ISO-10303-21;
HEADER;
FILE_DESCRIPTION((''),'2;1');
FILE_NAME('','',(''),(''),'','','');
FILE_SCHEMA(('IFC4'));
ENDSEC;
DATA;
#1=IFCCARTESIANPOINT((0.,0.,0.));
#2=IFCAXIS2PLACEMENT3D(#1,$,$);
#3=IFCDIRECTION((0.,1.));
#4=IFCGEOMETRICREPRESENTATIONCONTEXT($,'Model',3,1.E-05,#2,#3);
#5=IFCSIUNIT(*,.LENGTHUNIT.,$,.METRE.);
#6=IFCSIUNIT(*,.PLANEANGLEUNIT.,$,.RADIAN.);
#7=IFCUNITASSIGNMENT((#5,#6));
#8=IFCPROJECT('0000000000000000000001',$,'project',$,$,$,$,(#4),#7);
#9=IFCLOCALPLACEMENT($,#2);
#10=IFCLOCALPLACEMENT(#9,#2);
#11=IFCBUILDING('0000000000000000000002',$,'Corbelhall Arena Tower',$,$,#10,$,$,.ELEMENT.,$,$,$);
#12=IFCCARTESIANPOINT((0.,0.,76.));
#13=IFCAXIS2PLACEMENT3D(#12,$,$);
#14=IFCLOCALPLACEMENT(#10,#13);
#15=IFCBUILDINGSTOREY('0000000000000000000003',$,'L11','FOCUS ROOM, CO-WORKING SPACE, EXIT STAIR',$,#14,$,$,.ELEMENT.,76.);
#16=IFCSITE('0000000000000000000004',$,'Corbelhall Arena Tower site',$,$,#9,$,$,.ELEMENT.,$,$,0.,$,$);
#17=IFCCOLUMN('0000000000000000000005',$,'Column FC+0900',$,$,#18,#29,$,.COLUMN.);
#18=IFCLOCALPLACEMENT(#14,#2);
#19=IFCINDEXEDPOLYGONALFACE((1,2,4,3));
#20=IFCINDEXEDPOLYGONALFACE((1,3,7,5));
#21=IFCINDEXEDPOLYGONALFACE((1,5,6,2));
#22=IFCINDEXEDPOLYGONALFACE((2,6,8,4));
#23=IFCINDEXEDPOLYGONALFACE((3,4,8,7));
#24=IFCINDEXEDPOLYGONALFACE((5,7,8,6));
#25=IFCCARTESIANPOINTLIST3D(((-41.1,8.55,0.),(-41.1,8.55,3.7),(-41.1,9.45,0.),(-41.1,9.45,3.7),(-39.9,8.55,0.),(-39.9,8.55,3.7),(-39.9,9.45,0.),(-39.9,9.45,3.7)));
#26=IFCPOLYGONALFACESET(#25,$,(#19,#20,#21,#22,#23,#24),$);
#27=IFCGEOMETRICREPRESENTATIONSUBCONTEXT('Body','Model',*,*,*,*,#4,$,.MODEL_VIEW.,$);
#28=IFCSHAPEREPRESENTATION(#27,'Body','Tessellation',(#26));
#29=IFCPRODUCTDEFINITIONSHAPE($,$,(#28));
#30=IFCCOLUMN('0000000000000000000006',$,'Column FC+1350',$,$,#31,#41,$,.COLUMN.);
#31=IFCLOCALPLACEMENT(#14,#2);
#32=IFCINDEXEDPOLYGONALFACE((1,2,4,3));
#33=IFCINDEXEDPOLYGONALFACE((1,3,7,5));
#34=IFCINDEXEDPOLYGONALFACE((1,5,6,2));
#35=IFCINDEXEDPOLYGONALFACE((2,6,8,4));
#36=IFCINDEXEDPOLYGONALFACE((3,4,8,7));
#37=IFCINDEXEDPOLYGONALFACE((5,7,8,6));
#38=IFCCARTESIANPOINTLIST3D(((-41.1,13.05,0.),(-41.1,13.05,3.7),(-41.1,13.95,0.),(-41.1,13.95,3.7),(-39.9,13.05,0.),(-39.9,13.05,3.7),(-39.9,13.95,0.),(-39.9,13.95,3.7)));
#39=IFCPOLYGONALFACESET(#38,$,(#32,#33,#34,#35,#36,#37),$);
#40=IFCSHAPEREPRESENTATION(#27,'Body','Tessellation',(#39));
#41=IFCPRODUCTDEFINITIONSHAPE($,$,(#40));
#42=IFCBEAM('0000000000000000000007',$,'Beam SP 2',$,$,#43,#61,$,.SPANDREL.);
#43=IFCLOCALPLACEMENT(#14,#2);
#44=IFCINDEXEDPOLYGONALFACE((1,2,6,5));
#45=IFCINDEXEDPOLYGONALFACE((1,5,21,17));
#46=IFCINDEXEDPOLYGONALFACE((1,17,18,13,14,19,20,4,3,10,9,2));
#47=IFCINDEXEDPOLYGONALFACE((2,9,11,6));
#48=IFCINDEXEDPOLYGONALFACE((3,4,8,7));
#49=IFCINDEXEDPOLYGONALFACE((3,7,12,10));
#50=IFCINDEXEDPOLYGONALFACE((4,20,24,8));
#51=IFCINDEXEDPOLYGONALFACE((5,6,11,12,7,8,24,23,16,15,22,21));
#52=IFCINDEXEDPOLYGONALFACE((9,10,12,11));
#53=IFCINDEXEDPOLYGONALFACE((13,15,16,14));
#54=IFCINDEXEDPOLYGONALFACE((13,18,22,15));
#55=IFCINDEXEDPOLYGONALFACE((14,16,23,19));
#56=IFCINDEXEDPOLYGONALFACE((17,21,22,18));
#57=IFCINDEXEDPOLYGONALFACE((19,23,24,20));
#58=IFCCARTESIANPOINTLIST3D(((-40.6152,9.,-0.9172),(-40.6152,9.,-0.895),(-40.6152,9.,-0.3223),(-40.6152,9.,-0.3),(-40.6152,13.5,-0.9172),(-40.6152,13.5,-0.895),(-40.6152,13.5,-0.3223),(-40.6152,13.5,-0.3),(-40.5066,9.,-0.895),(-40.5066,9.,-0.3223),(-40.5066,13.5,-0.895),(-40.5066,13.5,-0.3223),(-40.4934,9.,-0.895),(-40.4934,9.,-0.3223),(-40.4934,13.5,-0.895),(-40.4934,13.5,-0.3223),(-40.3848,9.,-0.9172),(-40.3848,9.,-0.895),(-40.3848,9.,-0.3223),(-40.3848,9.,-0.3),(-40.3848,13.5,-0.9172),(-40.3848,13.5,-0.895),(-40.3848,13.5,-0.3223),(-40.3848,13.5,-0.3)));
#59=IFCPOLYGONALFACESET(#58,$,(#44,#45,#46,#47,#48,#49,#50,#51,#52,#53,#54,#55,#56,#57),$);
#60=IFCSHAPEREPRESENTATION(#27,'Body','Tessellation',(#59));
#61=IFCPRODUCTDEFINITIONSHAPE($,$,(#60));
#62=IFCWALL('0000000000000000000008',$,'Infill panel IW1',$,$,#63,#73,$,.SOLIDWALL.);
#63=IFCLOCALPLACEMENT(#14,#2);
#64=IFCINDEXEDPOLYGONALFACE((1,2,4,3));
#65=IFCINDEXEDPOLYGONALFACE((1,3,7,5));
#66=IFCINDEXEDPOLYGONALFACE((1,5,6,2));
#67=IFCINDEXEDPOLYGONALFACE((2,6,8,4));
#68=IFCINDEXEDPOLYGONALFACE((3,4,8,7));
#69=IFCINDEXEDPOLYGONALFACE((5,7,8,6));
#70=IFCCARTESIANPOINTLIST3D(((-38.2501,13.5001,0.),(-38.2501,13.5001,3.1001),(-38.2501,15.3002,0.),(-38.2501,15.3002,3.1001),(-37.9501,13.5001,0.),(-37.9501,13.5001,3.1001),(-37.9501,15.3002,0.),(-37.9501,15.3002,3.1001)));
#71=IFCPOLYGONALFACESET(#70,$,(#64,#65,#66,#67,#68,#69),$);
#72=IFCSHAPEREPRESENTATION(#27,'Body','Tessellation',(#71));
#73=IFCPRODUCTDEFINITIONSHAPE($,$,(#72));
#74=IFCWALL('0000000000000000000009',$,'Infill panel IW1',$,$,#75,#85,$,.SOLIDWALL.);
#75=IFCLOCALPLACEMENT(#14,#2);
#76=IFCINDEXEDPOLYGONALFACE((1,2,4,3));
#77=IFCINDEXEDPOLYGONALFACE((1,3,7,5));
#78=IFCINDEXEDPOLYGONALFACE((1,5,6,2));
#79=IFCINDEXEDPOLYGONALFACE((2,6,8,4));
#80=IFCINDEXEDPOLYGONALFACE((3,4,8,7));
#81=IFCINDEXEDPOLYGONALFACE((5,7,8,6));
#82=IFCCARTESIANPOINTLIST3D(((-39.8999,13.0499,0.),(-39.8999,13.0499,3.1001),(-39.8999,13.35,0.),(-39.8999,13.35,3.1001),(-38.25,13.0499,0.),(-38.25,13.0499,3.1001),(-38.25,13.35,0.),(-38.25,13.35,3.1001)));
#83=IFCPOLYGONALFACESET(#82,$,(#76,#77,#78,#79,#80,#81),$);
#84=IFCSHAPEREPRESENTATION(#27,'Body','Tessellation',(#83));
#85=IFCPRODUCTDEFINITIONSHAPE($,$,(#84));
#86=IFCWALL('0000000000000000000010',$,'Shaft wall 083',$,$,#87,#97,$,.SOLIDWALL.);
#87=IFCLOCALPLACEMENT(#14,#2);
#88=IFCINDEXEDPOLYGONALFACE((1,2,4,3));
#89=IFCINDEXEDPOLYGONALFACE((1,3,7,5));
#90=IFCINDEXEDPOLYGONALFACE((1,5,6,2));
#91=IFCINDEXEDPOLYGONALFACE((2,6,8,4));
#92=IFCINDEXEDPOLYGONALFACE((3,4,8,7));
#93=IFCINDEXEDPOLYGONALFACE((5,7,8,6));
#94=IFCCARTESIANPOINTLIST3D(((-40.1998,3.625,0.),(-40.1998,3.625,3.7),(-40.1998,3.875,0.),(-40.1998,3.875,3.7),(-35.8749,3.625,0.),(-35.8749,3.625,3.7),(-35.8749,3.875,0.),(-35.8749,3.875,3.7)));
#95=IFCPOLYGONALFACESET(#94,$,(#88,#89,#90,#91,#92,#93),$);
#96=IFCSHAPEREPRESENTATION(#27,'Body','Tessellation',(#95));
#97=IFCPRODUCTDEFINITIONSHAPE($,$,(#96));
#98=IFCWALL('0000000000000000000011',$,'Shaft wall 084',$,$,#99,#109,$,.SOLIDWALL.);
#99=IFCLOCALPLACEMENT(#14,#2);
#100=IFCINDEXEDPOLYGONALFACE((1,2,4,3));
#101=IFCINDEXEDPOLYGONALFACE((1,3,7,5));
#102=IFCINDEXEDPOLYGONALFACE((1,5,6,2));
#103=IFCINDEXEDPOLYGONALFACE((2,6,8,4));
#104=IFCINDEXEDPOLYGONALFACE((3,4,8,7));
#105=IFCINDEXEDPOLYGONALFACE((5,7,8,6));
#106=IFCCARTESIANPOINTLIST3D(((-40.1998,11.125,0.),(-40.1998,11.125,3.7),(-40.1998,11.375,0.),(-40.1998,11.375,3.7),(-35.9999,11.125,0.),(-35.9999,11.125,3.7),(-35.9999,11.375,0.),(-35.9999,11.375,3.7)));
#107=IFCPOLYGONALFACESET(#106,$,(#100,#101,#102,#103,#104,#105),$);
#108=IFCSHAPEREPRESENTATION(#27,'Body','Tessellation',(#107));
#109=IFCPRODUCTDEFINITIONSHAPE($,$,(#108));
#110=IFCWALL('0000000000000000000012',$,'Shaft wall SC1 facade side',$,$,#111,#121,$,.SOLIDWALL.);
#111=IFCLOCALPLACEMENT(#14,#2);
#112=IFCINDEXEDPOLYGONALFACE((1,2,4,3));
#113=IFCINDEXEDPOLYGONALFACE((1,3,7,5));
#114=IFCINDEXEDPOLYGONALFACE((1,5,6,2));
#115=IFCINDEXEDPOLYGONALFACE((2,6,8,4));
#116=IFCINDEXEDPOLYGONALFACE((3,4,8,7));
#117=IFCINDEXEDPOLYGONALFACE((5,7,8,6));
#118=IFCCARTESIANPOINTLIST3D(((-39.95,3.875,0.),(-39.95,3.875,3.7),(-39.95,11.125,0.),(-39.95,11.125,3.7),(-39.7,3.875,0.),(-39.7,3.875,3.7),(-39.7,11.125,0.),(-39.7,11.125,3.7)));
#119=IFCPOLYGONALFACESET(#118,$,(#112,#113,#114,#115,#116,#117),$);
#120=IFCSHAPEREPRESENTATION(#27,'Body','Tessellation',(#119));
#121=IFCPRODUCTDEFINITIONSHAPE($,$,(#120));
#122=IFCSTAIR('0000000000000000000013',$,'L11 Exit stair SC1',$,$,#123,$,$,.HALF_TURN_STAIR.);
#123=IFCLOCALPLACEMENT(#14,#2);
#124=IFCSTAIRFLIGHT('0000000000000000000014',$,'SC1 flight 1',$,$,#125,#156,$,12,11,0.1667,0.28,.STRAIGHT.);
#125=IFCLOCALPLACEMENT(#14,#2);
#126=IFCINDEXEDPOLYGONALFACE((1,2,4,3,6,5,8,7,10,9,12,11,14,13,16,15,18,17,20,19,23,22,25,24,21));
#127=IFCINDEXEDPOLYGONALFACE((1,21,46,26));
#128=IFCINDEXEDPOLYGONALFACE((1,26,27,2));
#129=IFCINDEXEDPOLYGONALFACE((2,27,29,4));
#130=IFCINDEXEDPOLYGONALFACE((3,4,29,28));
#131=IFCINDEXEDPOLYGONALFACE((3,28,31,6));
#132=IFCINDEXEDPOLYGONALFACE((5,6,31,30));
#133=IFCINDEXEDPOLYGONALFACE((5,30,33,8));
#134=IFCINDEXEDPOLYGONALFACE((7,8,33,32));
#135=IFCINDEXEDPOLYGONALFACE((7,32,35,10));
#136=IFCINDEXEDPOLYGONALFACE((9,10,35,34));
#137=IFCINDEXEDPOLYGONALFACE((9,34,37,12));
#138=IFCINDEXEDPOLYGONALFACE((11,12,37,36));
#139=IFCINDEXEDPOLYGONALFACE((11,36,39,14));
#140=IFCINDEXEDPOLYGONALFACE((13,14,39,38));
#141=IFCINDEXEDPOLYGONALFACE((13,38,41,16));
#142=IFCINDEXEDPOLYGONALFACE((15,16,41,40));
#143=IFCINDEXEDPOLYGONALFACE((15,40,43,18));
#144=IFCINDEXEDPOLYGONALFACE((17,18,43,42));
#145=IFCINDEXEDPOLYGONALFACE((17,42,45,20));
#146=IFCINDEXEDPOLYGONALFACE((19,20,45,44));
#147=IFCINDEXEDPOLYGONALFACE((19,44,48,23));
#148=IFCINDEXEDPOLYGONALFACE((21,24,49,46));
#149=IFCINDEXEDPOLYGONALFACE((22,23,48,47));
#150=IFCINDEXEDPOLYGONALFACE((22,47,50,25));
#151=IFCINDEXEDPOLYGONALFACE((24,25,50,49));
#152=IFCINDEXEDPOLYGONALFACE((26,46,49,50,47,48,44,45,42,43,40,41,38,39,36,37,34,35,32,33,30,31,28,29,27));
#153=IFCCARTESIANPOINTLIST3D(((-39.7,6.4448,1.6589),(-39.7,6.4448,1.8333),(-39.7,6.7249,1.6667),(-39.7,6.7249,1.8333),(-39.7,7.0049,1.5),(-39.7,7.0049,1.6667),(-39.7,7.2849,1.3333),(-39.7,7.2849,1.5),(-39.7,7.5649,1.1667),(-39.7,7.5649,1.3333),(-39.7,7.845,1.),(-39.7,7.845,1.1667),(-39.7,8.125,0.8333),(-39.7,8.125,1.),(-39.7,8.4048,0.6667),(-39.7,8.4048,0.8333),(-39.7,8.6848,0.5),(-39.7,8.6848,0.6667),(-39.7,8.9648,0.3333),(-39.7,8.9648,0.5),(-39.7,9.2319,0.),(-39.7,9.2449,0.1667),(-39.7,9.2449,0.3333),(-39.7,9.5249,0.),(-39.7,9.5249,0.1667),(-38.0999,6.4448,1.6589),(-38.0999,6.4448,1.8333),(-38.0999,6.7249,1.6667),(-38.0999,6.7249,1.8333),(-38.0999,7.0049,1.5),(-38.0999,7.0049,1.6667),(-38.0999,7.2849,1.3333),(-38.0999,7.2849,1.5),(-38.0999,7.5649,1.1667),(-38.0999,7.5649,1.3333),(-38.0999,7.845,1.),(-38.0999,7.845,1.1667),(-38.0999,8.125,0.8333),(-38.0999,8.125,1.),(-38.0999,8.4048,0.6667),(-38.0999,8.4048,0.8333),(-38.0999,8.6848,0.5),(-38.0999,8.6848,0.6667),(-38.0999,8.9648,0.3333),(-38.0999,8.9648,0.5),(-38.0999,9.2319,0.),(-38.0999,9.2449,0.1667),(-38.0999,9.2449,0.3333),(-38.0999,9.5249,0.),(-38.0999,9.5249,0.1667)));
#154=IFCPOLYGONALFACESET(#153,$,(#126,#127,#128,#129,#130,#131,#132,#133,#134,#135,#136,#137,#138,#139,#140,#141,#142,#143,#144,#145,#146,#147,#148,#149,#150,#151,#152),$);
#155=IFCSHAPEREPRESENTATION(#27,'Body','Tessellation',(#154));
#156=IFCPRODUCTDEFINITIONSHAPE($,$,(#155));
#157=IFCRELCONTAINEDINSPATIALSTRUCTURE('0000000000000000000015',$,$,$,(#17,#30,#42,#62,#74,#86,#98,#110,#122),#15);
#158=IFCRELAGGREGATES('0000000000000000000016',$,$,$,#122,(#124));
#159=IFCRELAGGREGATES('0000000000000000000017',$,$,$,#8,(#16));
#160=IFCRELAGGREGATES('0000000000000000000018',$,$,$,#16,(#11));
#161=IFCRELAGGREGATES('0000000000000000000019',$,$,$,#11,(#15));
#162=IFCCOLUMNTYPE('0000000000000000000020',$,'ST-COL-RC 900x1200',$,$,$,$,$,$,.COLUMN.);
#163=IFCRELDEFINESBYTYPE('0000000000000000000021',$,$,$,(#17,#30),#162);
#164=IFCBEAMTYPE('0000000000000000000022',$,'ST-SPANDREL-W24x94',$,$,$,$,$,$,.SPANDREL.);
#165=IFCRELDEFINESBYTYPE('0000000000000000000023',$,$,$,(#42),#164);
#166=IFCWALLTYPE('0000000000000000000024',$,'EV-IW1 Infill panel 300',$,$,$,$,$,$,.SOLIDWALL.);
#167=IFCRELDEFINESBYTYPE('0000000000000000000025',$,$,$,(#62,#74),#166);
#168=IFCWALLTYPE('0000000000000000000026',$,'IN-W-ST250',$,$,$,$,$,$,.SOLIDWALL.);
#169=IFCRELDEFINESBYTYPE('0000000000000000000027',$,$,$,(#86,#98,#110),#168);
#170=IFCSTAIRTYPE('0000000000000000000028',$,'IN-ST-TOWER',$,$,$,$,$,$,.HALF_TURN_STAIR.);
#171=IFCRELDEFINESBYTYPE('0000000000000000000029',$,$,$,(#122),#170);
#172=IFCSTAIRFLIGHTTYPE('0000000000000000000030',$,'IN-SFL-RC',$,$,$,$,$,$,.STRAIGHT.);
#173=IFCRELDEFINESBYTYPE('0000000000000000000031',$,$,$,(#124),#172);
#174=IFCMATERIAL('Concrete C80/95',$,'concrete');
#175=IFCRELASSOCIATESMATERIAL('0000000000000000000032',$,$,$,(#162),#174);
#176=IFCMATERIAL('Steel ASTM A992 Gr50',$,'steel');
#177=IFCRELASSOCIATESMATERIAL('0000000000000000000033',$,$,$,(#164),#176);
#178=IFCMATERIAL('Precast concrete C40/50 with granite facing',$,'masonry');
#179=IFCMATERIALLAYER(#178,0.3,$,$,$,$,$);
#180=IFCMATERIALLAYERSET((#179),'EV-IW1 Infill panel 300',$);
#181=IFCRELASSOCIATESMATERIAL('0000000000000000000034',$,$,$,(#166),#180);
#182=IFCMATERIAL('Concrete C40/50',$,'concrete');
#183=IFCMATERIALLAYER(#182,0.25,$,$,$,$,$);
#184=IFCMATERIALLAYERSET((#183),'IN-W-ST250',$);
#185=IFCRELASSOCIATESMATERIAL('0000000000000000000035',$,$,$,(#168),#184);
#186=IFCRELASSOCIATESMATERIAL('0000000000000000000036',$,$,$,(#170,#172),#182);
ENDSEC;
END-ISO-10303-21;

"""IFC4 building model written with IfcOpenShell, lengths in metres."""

from ifc_helpers import new_model, si_unit, direction, frame, frame_2d, origin, origin_2d, place, context, subcontext, project, spatial, polyline, rectangle, i_section, outline, extrude, material, layer, layer_set, material_profile, profile_set, type_object, element, aggregate, save


model = new_model("IFC4")

# Units and contexts
model_context = context("Model", 3, precision=1e-05, world=origin(), true_north=direction((0.0, 1.0)))
body_context = subcontext(model_context, "Body", "Model", "MODEL_VIEW")
ifc_project = project(units=[si_unit("LENGTHUNIT", "METRE"), si_unit("PLANEANGLEUNIT", "RADIAN")], contexts=[model_context])

# Site, building, storey
site_placement = place(None, origin())
site = spatial("IfcSite", under=ifc_project, at=site_placement, Name="Corbelhall Arena Tower site", CompositionType="ELEMENT", RefElevation=0.0)
building_placement = place(site_placement, origin())
building = spatial("IfcBuilding", under=site, at=building_placement, Name="Corbelhall Arena Tower", CompositionType="ELEMENT")
storey_placement = place(building_placement, frame((0.0, 0.0, 76.0)))
storey = spatial("IfcBuildingStorey", under=building, at=storey_placement, Name="L11", Description="FOCUS ROOM, CO-WORKING SPACE, EXIT STAIR", CompositionType="ELEMENT", Elevation=76.0)

# Columns
ifc_material_1 = material(Name="Concrete C80/95", Category="concrete")
ifc_material_profile_1 = material_profile(ifc_material_1, rectangle(XDim=0.8999, YDim=1.2, at=origin_2d()))
ifc_profile_set_1 = profile_set([ifc_material_profile_1], Name="Concrete C80/95")
column_type = type_object("IfcColumnType", Name="ST-COL-RC 900x1200", PredefinedType="COLUMN", material=ifc_profile_set_1)
for number, where, z_axis, x_axis, name in (
    (1, (-40.5, 9.0, 0.0), (0.0, 0.0, 1.0), (0.0, 1.0, 0.0), "Column FC+0900"),
    (2, (-40.5, 13.5, 0.0), (0.0, 0.0, 1.0), (0.0, 1.0, 0.0), "Column FC+1350"),
):
    element("IfcColumn", number, at=place(storey_placement, frame(where, z_axis=z_axis, x_axis=x_axis)), inside=storey, type_object=column_type, Name=name, PredefinedType="COLUMN", context=body_context, shape_type="SweptSolid", body=[
        extrude(rectangle(XDim=0.8999, YDim=1.2, at=origin_2d()), origin(), (0.0, 0.0, 1.0), 3.7),
    ])

# Beam
ifc_material_2 = material(Name="Steel ASTM A992 Gr50", Category="steel")
ifc_material_profile_2 = material_profile(ifc_material_2, i_section(OverallWidth=0.2305, OverallDepth=0.6172, WebThickness=0.0132, FlangeThickness=0.0222, at=origin_2d()))
ifc_profile_set_2 = profile_set([ifc_material_profile_2], Name="Steel ASTM A992 Gr50")
beam_type = type_object("IfcBeamType", Name="ST-SPANDREL-W24x94", PredefinedType="SPANDREL", material=ifc_profile_set_2)
beam_placement = place(storey_placement, frame((-40.5, 9.0, -0.6086), z_axis=(0.0, 1.0, 0.0), x_axis=(-1.0, 0.0, 0.0)))
element("IfcBeam", 3, at=beam_placement, inside=storey, type_object=beam_type, Name="Beam SP 2", PredefinedType="SPANDREL", context=body_context, shape_type="SweptSolid", body=[
    extrude(i_section(OverallWidth=0.2305, OverallDepth=0.6172, WebThickness=0.0132, FlangeThickness=0.0222, at=origin_2d()), origin(), (0.0, 0.0, 1.0), 4.5),
])

# Walls
ifc_material_3 = material(Name="Precast concrete C40/50 with granite facing", Category="masonry")
ifc_layer_1 = layer(ifc_material_3, 0.3)
ifc_layer_set_1 = layer_set([ifc_layer_1], Name="EV-IW1 Infill panel 300")
wall_type_1 = type_object("IfcWallType", Name="EV-IW1 Infill panel 300", PredefinedType="SOLIDWALL", material=ifc_layer_set_1)
wall_1_placement = place(storey_placement, frame((-38.1001, 15.3, 0.0), z_axis=(0.0, 0.0, 1.0), x_axis=(0.0, -1.0, 0.0)))
element("IfcWall", 4, at=wall_1_placement, inside=storey, type_object=wall_type_1, Name="Infill panel IW1", PredefinedType="SOLIDWALL", context=body_context, shape_type="SweptSolid", body=[
    extrude(rectangle(XDim=1.8, YDim=0.3, at=frame_2d((0.8999, 0.0))), origin(), (0.0, 0.0, 1.0), 3.1001),
])
wall_2_placement = place(storey_placement, frame((-39.8999, 13.2, 0.0), z_axis=(0.0, 0.0, 1.0), x_axis=(1.0, 0.0, 0.0)))
element("IfcWall", 5, at=wall_2_placement, inside=storey, type_object=wall_type_1, Name="Infill panel IW1", PredefinedType="SOLIDWALL", context=body_context, shape_type="SweptSolid", body=[
    extrude(rectangle(XDim=1.6499, YDim=0.3, at=frame_2d((0.825, 0.0))), origin(), (0.0, 0.0, 1.0), 3.1001),
])

# Walls
ifc_material_4 = material(Name="Concrete C40/50", Category="concrete")
ifc_layer_2 = layer(ifc_material_4, 0.25)
ifc_layer_set_2 = layer_set([ifc_layer_2], Name="IN-W-ST250")
wall_type_2 = type_object("IfcWallType", Name="IN-W-ST250", PredefinedType="SOLIDWALL", material=ifc_layer_set_2)
wall_3_placement = place(storey_placement, frame((-40.2, 3.75, 0.0), z_axis=(0.0, 0.0, 1.0), x_axis=(1.0, 0.0, 0.0)))
element("IfcWall", 6, at=wall_3_placement, inside=storey, type_object=wall_type_2, Name="Shaft wall 083", PredefinedType="SOLIDWALL", context=body_context, shape_type="SweptSolid", body=[
    extrude(rectangle(XDim=4.325, YDim=0.25, at=frame_2d((2.1626, 0.0))), origin(), (0.0, 0.0, 1.0), 3.7),
])
wall_4_placement = place(storey_placement, frame((-40.2, 11.25, 0.0), z_axis=(0.0, 0.0, 1.0), x_axis=(1.0, 0.0, 0.0)))
element("IfcWall", 7, at=wall_4_placement, inside=storey, type_object=wall_type_2, Name="Shaft wall 084", PredefinedType="SOLIDWALL", context=body_context, shape_type="SweptSolid", body=[
    extrude(rectangle(XDim=4.2, YDim=0.25, at=frame_2d((2.1001, 0.0))), origin(), (0.0, 0.0, 1.0), 3.7),
])
wall_5_placement = place(storey_placement, frame((-39.825, 3.875, 0.0), z_axis=(0.0, 0.0, 1.0), x_axis=(0.0, 1.0, 0.0)))
element("IfcWall", 8, at=wall_5_placement, inside=storey, type_object=wall_type_2, Name="Shaft wall SC1 facade side", PredefinedType="SOLIDWALL", context=body_context, shape_type="SweptSolid", body=[
    extrude(rectangle(XDim=7.25, YDim=0.25, at=frame_2d((3.625, 0.0))), origin(), (0.0, 0.0, 1.0), 3.7),
])

# Stair, stair flight
stair_type = type_object("IfcStairType", Name="IN-ST-TOWER", PredefinedType="HALF_TURN_STAIR", material=ifc_material_4)
stair_placement = place(storey_placement, origin())
stair = element("IfcStair", 9, at=stair_placement, inside=storey, type_object=stair_type, Name="L11 Exit stair SC1", PredefinedType="HALF_TURN_STAIR")
stair_flight_type = type_object("IfcStairFlightType", Name="IN-SFL-RC", PredefinedType="STRAIGHT", material=ifc_material_4)
stair_flight_1_placement = place(storey_placement, frame((-38.8999, 9.5249, 0.0), z_axis=(0.0, 0.0, 1.0), x_axis=(0.0, -1.0, 0.0)))
stair_flight_1 = element("IfcStairFlight", 10, at=stair_flight_1_placement, type_object=stair_flight_type, Name="SC1 flight 1", NumberOfRisers=12, NumberOfTreads=11, PredefinedType="STRAIGHT", RiserHeight=0.1667, TreadLength=0.28, context=body_context, shape_type="SweptSolid", body=[
    extrude(outline(polyline([(0.0, 0.0), (0.0, 0.1667), (0.28, 0.1667), (0.28, 0.3333), (0.5601, 0.3333), (0.5601, 0.5), (0.8401, 0.5), (0.8401, 0.6667), (1.1201, 0.6667), (1.1201, 0.8333), (1.3999, 0.8333), (1.3999, 1.0), (1.6799, 1.0), (1.6799, 1.1667), (1.96, 1.1667), (1.96, 1.3333), (2.24, 1.3333), (2.24, 1.5), (2.52, 1.5), (2.52, 1.6667), (2.8, 1.6667), (2.8, 1.8333), (3.0801, 1.8333), (3.0801, 2.0), (3.0801, 1.6589), (0.293, 0.0), (0.0, 0.0)])), frame((0.0, 0.8, 0.0), z_axis=(0.0, -1.0, 0.0), x_axis=(1.0, 0.0, 0.0)), (0.0, 0.0, 1.0), 1.6001),
])
aggregate(stair, [stair_flight_1])

save(model, "model.ifc")
